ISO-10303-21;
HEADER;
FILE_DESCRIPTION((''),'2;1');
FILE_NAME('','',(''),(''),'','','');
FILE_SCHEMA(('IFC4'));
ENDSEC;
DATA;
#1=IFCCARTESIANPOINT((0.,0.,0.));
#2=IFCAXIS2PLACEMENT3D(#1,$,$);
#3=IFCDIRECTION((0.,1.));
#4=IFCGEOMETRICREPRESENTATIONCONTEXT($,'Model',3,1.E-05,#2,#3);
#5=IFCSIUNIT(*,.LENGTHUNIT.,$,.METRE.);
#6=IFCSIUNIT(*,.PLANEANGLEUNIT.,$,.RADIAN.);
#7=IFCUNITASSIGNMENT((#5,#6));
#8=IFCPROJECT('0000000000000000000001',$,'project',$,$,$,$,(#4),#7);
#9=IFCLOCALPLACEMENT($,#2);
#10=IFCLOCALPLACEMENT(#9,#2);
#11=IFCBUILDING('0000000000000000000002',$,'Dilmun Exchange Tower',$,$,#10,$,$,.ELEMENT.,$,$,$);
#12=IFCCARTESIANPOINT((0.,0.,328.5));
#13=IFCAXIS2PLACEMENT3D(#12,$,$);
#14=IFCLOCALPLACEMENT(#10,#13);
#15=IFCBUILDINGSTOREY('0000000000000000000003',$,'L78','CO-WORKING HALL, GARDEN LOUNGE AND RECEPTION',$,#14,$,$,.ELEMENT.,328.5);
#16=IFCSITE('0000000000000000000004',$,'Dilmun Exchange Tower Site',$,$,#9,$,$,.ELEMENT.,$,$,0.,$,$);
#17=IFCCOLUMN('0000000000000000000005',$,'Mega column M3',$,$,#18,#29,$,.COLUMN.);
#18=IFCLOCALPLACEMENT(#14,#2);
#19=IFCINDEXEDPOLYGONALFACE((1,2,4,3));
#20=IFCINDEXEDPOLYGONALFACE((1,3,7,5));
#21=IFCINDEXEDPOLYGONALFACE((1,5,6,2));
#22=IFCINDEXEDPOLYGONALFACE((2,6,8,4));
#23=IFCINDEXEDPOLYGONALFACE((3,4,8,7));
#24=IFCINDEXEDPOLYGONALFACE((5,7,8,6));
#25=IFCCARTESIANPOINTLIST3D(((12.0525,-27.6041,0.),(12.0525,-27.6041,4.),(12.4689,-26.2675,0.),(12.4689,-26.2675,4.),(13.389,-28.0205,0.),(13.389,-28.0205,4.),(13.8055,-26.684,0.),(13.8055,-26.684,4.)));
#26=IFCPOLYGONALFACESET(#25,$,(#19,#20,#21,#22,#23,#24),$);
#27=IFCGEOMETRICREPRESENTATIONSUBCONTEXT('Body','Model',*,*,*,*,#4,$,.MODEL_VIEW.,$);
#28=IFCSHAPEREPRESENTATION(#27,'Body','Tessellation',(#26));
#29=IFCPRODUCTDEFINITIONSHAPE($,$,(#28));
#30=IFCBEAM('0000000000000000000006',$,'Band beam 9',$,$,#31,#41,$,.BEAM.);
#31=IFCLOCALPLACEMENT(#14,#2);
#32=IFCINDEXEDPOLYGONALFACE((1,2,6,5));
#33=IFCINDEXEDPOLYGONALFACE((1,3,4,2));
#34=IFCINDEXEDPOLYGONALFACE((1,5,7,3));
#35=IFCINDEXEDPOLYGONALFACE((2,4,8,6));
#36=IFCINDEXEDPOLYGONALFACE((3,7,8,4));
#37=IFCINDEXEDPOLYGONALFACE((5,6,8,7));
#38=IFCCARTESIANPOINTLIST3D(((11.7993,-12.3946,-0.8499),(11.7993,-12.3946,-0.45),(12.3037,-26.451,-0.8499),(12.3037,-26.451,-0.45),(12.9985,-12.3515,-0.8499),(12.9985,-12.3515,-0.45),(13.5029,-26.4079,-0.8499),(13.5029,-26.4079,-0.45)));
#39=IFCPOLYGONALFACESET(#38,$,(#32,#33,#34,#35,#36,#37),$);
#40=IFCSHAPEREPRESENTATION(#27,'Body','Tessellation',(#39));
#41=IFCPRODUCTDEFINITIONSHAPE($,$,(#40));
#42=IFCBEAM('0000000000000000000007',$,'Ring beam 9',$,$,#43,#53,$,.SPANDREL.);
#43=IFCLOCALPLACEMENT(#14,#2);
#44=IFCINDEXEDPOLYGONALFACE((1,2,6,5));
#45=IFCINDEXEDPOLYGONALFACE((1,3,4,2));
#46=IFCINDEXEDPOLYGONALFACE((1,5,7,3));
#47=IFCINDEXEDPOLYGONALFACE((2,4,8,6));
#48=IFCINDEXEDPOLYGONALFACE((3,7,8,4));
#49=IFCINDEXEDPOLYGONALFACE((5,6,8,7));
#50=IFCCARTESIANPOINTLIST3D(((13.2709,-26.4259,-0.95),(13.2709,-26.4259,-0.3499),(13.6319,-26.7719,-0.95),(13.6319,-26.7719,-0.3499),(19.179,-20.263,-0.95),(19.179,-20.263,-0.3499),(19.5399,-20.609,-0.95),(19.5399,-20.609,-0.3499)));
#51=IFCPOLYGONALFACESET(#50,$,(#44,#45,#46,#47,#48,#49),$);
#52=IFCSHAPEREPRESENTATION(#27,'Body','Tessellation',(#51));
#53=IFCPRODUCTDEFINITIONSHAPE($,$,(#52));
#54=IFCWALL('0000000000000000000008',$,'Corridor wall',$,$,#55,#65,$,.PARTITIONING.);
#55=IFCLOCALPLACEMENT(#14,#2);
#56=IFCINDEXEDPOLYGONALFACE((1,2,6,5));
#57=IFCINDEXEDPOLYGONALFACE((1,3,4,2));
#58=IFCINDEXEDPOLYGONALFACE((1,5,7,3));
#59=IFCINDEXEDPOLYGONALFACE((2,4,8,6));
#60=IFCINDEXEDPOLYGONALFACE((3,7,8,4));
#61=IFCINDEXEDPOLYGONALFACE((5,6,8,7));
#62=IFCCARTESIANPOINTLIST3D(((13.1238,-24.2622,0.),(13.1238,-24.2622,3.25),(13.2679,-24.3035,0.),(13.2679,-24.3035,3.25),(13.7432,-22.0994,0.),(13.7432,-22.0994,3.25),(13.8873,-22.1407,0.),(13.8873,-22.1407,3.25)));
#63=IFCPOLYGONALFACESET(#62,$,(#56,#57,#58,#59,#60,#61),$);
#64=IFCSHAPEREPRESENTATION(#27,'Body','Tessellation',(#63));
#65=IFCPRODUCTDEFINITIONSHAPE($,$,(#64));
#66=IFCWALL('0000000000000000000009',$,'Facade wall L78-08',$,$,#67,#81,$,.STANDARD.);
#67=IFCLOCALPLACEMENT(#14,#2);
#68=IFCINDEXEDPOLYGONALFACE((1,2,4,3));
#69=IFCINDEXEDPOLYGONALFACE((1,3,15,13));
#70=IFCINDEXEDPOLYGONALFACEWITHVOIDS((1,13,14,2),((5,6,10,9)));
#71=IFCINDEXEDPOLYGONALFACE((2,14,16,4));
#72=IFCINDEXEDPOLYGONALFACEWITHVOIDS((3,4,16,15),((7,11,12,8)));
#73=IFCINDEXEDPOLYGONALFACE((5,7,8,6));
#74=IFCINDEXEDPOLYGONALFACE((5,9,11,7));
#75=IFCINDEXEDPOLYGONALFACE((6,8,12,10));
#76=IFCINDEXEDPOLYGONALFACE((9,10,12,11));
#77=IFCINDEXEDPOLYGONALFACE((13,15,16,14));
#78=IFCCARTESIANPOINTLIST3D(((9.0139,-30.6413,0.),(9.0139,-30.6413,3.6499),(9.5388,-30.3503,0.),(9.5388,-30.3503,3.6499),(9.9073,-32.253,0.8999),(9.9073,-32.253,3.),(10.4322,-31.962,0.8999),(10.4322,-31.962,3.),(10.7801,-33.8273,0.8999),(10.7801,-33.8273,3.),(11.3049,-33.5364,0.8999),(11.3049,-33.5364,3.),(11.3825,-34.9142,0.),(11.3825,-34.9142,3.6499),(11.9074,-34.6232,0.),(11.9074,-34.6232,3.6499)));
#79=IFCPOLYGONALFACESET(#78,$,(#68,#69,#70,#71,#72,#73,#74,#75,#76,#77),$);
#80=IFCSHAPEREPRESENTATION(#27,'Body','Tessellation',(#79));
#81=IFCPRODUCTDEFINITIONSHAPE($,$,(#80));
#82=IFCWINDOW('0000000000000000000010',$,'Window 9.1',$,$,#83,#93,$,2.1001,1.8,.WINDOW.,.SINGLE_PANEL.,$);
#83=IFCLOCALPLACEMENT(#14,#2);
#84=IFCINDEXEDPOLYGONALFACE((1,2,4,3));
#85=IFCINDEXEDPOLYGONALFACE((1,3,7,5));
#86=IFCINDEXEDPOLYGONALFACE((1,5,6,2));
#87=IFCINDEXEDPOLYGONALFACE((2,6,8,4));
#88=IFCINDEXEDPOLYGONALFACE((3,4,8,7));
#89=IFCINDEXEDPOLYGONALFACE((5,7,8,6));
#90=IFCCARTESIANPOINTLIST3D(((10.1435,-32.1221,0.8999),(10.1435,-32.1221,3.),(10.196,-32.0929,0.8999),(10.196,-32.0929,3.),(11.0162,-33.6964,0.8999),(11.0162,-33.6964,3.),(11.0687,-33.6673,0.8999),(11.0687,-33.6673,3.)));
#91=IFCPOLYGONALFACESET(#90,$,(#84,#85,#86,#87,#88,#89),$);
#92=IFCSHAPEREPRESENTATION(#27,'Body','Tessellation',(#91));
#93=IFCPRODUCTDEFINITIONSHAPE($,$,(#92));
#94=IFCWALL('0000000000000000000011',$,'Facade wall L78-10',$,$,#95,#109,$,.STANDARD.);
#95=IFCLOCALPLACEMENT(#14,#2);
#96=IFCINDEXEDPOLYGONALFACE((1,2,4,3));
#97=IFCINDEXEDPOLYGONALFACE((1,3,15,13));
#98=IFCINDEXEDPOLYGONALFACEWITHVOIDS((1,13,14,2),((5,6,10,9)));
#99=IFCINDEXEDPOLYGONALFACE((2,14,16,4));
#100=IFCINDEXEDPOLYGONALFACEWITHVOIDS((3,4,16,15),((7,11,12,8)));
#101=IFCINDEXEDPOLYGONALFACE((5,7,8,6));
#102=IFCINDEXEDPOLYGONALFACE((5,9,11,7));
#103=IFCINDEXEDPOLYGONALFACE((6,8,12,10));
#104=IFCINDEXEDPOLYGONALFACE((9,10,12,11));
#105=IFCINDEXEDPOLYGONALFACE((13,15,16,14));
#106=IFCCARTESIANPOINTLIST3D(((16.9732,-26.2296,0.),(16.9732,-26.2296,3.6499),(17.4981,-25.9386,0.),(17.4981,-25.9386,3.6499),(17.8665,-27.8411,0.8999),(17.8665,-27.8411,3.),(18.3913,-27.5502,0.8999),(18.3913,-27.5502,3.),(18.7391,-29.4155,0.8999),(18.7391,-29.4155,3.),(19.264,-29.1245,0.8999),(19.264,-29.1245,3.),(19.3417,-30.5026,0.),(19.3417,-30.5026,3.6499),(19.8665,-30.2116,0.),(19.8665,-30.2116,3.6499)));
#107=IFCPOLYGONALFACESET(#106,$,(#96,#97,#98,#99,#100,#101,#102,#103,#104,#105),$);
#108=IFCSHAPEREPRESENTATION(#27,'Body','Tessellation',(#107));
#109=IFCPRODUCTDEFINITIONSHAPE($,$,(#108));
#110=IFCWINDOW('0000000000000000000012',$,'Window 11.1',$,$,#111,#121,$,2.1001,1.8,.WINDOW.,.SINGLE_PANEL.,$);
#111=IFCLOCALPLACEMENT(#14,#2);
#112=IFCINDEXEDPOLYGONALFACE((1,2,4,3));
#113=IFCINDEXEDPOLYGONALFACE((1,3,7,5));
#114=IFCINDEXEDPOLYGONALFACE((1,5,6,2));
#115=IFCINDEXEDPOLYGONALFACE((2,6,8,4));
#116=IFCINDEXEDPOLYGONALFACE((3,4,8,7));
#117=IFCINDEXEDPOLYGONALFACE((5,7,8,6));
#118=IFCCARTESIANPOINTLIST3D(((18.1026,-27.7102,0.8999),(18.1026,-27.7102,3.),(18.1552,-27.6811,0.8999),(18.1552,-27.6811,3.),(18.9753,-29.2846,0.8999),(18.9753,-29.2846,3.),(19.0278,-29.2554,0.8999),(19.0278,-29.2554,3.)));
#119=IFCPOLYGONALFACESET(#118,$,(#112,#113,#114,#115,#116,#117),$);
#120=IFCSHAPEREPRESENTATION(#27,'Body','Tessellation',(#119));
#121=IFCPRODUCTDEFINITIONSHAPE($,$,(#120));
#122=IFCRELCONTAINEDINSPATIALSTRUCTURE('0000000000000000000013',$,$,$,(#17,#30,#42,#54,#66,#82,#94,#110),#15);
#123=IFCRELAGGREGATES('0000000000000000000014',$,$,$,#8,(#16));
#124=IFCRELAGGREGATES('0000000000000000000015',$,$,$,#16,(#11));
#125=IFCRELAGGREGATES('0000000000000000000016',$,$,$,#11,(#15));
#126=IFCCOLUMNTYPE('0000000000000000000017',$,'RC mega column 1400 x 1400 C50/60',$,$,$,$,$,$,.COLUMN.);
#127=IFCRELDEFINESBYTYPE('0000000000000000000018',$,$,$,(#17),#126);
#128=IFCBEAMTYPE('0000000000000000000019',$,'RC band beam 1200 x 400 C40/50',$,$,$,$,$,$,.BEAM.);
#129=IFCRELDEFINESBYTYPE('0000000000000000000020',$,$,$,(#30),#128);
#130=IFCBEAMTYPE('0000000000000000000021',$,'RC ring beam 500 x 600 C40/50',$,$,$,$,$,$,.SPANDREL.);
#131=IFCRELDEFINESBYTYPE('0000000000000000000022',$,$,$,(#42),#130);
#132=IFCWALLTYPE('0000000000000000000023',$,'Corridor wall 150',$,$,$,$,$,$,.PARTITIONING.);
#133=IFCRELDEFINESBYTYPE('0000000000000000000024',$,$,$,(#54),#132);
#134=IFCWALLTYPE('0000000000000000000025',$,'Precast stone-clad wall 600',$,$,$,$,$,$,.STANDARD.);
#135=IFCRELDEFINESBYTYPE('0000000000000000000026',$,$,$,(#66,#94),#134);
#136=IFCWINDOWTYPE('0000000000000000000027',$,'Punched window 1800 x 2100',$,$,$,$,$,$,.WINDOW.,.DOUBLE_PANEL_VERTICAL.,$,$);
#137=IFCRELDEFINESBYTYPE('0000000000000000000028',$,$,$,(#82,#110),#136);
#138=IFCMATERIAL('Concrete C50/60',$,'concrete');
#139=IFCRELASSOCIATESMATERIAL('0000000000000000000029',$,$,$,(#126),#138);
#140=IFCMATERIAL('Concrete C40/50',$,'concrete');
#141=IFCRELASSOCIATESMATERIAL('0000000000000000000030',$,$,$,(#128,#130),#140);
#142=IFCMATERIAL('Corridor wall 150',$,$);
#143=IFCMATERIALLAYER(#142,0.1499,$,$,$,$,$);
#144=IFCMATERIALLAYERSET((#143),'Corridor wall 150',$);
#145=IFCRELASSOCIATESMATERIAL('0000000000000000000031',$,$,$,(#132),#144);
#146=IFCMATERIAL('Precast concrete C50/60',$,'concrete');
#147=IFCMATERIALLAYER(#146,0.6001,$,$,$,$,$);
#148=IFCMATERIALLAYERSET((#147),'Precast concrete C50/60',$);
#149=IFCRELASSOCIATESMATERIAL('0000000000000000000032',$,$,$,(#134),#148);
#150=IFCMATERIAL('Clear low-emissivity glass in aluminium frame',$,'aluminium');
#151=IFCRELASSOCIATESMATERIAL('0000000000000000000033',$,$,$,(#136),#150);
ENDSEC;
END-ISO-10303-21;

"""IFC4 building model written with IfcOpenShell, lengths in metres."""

from ifc_helpers import new_model, si_unit, direction, frame, frame_2d, origin, origin_2d, place, context, subcontext, project, spatial, rectangle, extrude, material, layer, layer_set, material_profile, profile_set, type_object, element, fill, save


model = new_model("IFC4")

# Units and contexts
model_context = context("Model", 3, precision=1e-05, world=origin(), true_north=direction((0.0, 1.0)))
body_context = subcontext(model_context, "Body", "Model", "MODEL_VIEW")
ifc_project = project(units=[si_unit("LENGTHUNIT", "METRE"), si_unit("PLANEANGLEUNIT", "RADIAN")], contexts=[model_context])

# Site, building, storey
site_placement = place(None, origin())
site = spatial("IfcSite", under=ifc_project, at=site_placement, Name="Dilmun Exchange Tower Site", CompositionType="ELEMENT", RefElevation=0.0)
building_placement = place(site_placement, origin())
building = spatial("IfcBuilding", under=site, at=building_placement, Name="Dilmun Exchange Tower", CompositionType="ELEMENT")
storey_placement = place(building_placement, frame((0.0, 0.0, 328.5)))
storey = spatial("IfcBuildingStorey", under=building, at=storey_placement, Name="L78", Description="CO-WORKING HALL, GARDEN LOUNGE AND RECEPTION", CompositionType="ELEMENT", Elevation=328.5)

# Column
ifc_material_1 = material(Name="Concrete C50/60", Category="concrete")
ifc_material_profile_1 = material_profile(ifc_material_1, rectangle(XDim=1.3999, YDim=1.3999, at=origin_2d()), Name="1400 x 1400")
ifc_profile_set_1 = profile_set([ifc_material_profile_1], Name="Concrete C50/60")
column_type = type_object("IfcColumnType", Name="RC mega column 1400 x 1400 C50/60", PredefinedType="COLUMN", material=ifc_profile_set_1)
column_placement = place(storey_placement, frame((12.929, -27.144, 0.0), z_axis=(0.0, 0.0, 1.0), x_axis=(0.297503, 0.954721, 0.0)))
element("IfcColumn", 1, at=column_placement, inside=storey, type_object=column_type, Name="Mega column M3", PredefinedType="COLUMN", context=body_context, shape_type="SweptSolid", body=[
    extrude(rectangle(XDim=1.3999, YDim=1.3999, at=origin_2d()), origin(), (0.0, 0.0, 1.0), 4.0),
])

# Beams
ifc_material_2 = material(Name="Concrete C40/50", Category="concrete")
ifc_material_profile_2 = material_profile(ifc_material_2, rectangle(XDim=1.2, YDim=0.3999, at=origin_2d()), Name="1200 x 400")
ifc_profile_set_2 = profile_set([ifc_material_profile_2], Name="Concrete C40/50")
beam_type_1 = type_object("IfcBeamType", Name="RC band beam 1200 x 400 C40/50", PredefinedType="BEAM", material=ifc_profile_set_2)
beam_1_placement = place(storey_placement, frame((12.9033, -26.4294, -0.6499), z_axis=(-0.035861, 0.999357, 0.0), x_axis=(-0.999357, -0.035861, 0.0)))
element("IfcBeam", 2, at=beam_1_placement, inside=storey, type_object=beam_type_1, Name="Band beam 9", PredefinedType="BEAM", context=body_context, shape_type="SweptSolid", body=[
    extrude(rectangle(XDim=1.2, YDim=0.3999, at=origin_2d()), origin(), (0.0, 0.0, 1.0), 14.0654),
])
ifc_material_profile_3 = material_profile(ifc_material_2, rectangle(XDim=0.5, YDim=0.6001, at=origin_2d()), Name="500 x 600")
ifc_profile_set_3 = profile_set([ifc_material_profile_3], Name="Concrete C40/50")
beam_type_2 = type_object("IfcBeamType", Name="RC ring beam 500 x 600 C40/50", PredefinedType="SPANDREL", material=ifc_profile_set_3)
beam_2_placement = place(storey_placement, frame((13.4514, -26.5989, -0.6499), z_axis=(0.692022, 0.721877, 0.0), x_axis=(-0.721877, 0.692022, 0.0)))
element("IfcBeam", 3, at=beam_2_placement, inside=storey, type_object=beam_type_2, Name="Ring beam 9", PredefinedType="SPANDREL", context=body_context, shape_type="SweptSolid", body=[
    extrude(rectangle(XDim=0.5, YDim=0.6001, at=origin_2d()), origin(), (0.0, 0.0, 1.0), 8.5374),
])

# Wall
ifc_material_3 = material(Name="Corridor wall 150")
ifc_layer_1 = layer(ifc_material_3, 0.1499)
ifc_layer_set_1 = layer_set([ifc_layer_1], Name="Corridor wall 150")
wall_type_1 = type_object("IfcWallType", Name="Corridor wall 150", PredefinedType="PARTITIONING", material=ifc_layer_set_1)
wall_1_placement = place(storey_placement, frame((13.1958, -24.283, 0.0), z_axis=(0.0, 0.0, 1.0), x_axis=(0.275309, 0.961356, 0.0)))
element("IfcWall", 4, at=wall_1_placement, inside=storey, type_object=wall_type_1, Name="Corridor wall", PredefinedType="PARTITIONING", context=body_context, shape_type="SweptSolid", body=[
    extrude(rectangle(XDim=2.2498, YDim=0.1499, at=frame_2d((1.125, 0.0))), origin(), (0.0, 0.0, 1.0), 3.25),
])

# Walls, openings, windows
ifc_material_4 = material(Name="Precast concrete C50/60", Category="concrete")
ifc_layer_2 = layer(ifc_material_4, 0.6001)
ifc_layer_set_2 = layer_set([ifc_layer_2], Name="Precast concrete C50/60")
wall_type_2 = type_object("IfcWallType", Name="Precast stone-clad wall 600", PredefinedType="STANDARD", material=ifc_layer_set_2)
wall_2_placement = place(storey_placement, frame((11.645, -34.7688, 0.0), z_axis=(0.0, 0.0, 1.0), x_axis=(-0.484828, 0.874609, 0.0)))
wall_2 = element("IfcWall", 5, at=wall_2_placement, inside=storey, type_object=wall_type_2, Name="Facade wall L78-08", PredefinedType="STANDARD", context=body_context, shape_type="SweptSolid", body=[
    extrude(rectangle(XDim=4.8855, YDim=0.6001, at=frame_2d((2.4429, 0.0))), origin(), (0.0, 0.0, 1.0), 3.6499),
])
opening_1_placement = place(wall_2_placement, frame((1.2429, 0.0, 0.8999)))
opening_1 = element("IfcOpeningElement", 6, at=opening_1_placement, cuts=wall_2, PredefinedType="OPENING", context=body_context, shape_type="SweptSolid", body=[
    extrude(rectangle(XDim=1.8, YDim=2.1001, at=frame_2d((0.8999, 1.05))), frame((0.0, 0.3101, 0.0), z_axis=(0.0, -1.0, 0.0), x_axis=(1.0, 0.0, 0.0)), (0.0, 0.0, 1.0), 0.6201),
])
ifc_material_5 = material(Name="Clear low-emissivity glass in aluminium frame", Category="aluminium")
window_type_1 = type_object("IfcWindowType", Name="Punched window 1800 x 2100", PartitioningType="DOUBLE_PANEL_VERTICAL", PredefinedType="WINDOW", material=ifc_material_5)
window_1_placement = place(opening_1_placement, origin())
window_1 = element("IfcWindow", 7, at=window_1_placement, inside=storey, type_object=window_type_1, Name="Window 9.1", OverallHeight=2.1001, OverallWidth=1.8, PartitioningType="SINGLE_PANEL", PredefinedType="WINDOW", context=body_context, shape_type="SweptSolid", body=[
    extrude(rectangle(XDim=1.8, YDim=2.1001, at=frame_2d((0.8999, 1.05))), frame((0.0, 0.03, 0.0), z_axis=(0.0, -1.0, 0.0), x_axis=(1.0, 0.0, 0.0)), (0.0, 0.0, 1.0), 0.0601),
])
fill(opening_1, window_1)
wall_3_placement = place(storey_placement, frame((17.2356, -26.084, 0.0), z_axis=(0.0, 0.0, 1.0), x_axis=(0.48479, -0.874631, 0.0)))
wall_3 = element("IfcWall", 8, at=wall_3_placement, inside=storey, type_object=wall_type_2, Name="Facade wall L78-10", PredefinedType="STANDARD", context=body_context, shape_type="SweptSolid", body=[
    extrude(rectangle(XDim=4.8855, YDim=0.6001, at=frame_2d((2.4429, 0.0))), origin(), (0.0, 0.0, 1.0), 3.6499),
])
opening_2_placement = place(wall_3_placement, frame((1.8428, 0.0, 0.8999)))
opening_2 = element("IfcOpeningElement", 9, at=opening_2_placement, cuts=wall_3, PredefinedType="OPENING", context=body_context, shape_type="SweptSolid", body=[
    extrude(rectangle(XDim=1.8, YDim=2.1001, at=frame_2d((0.8999, 1.05))), frame((0.0, 0.3101, 0.0), z_axis=(0.0, -1.0, 0.0), x_axis=(1.0, 0.0, 0.0)), (0.0, 0.0, 1.0), 0.6201),
])
window_2_placement = place(opening_2_placement, origin())
window_2 = element("IfcWindow", 10, at=window_2_placement, inside=storey, type_object=window_type_1, Name="Window 11.1", OverallHeight=2.1001, OverallWidth=1.8, PartitioningType="SINGLE_PANEL", PredefinedType="WINDOW", context=body_context, shape_type="SweptSolid", body=[
    extrude(rectangle(XDim=1.8, YDim=2.1001, at=frame_2d((0.8999, 1.05))), frame((0.0, 0.03, 0.0), z_axis=(0.0, -1.0, 0.0), x_axis=(1.0, 0.0, 0.0)), (0.0, 0.0, 1.0), 0.0601),
])
fill(opening_2, window_2)

save(model, "model.ifc")
